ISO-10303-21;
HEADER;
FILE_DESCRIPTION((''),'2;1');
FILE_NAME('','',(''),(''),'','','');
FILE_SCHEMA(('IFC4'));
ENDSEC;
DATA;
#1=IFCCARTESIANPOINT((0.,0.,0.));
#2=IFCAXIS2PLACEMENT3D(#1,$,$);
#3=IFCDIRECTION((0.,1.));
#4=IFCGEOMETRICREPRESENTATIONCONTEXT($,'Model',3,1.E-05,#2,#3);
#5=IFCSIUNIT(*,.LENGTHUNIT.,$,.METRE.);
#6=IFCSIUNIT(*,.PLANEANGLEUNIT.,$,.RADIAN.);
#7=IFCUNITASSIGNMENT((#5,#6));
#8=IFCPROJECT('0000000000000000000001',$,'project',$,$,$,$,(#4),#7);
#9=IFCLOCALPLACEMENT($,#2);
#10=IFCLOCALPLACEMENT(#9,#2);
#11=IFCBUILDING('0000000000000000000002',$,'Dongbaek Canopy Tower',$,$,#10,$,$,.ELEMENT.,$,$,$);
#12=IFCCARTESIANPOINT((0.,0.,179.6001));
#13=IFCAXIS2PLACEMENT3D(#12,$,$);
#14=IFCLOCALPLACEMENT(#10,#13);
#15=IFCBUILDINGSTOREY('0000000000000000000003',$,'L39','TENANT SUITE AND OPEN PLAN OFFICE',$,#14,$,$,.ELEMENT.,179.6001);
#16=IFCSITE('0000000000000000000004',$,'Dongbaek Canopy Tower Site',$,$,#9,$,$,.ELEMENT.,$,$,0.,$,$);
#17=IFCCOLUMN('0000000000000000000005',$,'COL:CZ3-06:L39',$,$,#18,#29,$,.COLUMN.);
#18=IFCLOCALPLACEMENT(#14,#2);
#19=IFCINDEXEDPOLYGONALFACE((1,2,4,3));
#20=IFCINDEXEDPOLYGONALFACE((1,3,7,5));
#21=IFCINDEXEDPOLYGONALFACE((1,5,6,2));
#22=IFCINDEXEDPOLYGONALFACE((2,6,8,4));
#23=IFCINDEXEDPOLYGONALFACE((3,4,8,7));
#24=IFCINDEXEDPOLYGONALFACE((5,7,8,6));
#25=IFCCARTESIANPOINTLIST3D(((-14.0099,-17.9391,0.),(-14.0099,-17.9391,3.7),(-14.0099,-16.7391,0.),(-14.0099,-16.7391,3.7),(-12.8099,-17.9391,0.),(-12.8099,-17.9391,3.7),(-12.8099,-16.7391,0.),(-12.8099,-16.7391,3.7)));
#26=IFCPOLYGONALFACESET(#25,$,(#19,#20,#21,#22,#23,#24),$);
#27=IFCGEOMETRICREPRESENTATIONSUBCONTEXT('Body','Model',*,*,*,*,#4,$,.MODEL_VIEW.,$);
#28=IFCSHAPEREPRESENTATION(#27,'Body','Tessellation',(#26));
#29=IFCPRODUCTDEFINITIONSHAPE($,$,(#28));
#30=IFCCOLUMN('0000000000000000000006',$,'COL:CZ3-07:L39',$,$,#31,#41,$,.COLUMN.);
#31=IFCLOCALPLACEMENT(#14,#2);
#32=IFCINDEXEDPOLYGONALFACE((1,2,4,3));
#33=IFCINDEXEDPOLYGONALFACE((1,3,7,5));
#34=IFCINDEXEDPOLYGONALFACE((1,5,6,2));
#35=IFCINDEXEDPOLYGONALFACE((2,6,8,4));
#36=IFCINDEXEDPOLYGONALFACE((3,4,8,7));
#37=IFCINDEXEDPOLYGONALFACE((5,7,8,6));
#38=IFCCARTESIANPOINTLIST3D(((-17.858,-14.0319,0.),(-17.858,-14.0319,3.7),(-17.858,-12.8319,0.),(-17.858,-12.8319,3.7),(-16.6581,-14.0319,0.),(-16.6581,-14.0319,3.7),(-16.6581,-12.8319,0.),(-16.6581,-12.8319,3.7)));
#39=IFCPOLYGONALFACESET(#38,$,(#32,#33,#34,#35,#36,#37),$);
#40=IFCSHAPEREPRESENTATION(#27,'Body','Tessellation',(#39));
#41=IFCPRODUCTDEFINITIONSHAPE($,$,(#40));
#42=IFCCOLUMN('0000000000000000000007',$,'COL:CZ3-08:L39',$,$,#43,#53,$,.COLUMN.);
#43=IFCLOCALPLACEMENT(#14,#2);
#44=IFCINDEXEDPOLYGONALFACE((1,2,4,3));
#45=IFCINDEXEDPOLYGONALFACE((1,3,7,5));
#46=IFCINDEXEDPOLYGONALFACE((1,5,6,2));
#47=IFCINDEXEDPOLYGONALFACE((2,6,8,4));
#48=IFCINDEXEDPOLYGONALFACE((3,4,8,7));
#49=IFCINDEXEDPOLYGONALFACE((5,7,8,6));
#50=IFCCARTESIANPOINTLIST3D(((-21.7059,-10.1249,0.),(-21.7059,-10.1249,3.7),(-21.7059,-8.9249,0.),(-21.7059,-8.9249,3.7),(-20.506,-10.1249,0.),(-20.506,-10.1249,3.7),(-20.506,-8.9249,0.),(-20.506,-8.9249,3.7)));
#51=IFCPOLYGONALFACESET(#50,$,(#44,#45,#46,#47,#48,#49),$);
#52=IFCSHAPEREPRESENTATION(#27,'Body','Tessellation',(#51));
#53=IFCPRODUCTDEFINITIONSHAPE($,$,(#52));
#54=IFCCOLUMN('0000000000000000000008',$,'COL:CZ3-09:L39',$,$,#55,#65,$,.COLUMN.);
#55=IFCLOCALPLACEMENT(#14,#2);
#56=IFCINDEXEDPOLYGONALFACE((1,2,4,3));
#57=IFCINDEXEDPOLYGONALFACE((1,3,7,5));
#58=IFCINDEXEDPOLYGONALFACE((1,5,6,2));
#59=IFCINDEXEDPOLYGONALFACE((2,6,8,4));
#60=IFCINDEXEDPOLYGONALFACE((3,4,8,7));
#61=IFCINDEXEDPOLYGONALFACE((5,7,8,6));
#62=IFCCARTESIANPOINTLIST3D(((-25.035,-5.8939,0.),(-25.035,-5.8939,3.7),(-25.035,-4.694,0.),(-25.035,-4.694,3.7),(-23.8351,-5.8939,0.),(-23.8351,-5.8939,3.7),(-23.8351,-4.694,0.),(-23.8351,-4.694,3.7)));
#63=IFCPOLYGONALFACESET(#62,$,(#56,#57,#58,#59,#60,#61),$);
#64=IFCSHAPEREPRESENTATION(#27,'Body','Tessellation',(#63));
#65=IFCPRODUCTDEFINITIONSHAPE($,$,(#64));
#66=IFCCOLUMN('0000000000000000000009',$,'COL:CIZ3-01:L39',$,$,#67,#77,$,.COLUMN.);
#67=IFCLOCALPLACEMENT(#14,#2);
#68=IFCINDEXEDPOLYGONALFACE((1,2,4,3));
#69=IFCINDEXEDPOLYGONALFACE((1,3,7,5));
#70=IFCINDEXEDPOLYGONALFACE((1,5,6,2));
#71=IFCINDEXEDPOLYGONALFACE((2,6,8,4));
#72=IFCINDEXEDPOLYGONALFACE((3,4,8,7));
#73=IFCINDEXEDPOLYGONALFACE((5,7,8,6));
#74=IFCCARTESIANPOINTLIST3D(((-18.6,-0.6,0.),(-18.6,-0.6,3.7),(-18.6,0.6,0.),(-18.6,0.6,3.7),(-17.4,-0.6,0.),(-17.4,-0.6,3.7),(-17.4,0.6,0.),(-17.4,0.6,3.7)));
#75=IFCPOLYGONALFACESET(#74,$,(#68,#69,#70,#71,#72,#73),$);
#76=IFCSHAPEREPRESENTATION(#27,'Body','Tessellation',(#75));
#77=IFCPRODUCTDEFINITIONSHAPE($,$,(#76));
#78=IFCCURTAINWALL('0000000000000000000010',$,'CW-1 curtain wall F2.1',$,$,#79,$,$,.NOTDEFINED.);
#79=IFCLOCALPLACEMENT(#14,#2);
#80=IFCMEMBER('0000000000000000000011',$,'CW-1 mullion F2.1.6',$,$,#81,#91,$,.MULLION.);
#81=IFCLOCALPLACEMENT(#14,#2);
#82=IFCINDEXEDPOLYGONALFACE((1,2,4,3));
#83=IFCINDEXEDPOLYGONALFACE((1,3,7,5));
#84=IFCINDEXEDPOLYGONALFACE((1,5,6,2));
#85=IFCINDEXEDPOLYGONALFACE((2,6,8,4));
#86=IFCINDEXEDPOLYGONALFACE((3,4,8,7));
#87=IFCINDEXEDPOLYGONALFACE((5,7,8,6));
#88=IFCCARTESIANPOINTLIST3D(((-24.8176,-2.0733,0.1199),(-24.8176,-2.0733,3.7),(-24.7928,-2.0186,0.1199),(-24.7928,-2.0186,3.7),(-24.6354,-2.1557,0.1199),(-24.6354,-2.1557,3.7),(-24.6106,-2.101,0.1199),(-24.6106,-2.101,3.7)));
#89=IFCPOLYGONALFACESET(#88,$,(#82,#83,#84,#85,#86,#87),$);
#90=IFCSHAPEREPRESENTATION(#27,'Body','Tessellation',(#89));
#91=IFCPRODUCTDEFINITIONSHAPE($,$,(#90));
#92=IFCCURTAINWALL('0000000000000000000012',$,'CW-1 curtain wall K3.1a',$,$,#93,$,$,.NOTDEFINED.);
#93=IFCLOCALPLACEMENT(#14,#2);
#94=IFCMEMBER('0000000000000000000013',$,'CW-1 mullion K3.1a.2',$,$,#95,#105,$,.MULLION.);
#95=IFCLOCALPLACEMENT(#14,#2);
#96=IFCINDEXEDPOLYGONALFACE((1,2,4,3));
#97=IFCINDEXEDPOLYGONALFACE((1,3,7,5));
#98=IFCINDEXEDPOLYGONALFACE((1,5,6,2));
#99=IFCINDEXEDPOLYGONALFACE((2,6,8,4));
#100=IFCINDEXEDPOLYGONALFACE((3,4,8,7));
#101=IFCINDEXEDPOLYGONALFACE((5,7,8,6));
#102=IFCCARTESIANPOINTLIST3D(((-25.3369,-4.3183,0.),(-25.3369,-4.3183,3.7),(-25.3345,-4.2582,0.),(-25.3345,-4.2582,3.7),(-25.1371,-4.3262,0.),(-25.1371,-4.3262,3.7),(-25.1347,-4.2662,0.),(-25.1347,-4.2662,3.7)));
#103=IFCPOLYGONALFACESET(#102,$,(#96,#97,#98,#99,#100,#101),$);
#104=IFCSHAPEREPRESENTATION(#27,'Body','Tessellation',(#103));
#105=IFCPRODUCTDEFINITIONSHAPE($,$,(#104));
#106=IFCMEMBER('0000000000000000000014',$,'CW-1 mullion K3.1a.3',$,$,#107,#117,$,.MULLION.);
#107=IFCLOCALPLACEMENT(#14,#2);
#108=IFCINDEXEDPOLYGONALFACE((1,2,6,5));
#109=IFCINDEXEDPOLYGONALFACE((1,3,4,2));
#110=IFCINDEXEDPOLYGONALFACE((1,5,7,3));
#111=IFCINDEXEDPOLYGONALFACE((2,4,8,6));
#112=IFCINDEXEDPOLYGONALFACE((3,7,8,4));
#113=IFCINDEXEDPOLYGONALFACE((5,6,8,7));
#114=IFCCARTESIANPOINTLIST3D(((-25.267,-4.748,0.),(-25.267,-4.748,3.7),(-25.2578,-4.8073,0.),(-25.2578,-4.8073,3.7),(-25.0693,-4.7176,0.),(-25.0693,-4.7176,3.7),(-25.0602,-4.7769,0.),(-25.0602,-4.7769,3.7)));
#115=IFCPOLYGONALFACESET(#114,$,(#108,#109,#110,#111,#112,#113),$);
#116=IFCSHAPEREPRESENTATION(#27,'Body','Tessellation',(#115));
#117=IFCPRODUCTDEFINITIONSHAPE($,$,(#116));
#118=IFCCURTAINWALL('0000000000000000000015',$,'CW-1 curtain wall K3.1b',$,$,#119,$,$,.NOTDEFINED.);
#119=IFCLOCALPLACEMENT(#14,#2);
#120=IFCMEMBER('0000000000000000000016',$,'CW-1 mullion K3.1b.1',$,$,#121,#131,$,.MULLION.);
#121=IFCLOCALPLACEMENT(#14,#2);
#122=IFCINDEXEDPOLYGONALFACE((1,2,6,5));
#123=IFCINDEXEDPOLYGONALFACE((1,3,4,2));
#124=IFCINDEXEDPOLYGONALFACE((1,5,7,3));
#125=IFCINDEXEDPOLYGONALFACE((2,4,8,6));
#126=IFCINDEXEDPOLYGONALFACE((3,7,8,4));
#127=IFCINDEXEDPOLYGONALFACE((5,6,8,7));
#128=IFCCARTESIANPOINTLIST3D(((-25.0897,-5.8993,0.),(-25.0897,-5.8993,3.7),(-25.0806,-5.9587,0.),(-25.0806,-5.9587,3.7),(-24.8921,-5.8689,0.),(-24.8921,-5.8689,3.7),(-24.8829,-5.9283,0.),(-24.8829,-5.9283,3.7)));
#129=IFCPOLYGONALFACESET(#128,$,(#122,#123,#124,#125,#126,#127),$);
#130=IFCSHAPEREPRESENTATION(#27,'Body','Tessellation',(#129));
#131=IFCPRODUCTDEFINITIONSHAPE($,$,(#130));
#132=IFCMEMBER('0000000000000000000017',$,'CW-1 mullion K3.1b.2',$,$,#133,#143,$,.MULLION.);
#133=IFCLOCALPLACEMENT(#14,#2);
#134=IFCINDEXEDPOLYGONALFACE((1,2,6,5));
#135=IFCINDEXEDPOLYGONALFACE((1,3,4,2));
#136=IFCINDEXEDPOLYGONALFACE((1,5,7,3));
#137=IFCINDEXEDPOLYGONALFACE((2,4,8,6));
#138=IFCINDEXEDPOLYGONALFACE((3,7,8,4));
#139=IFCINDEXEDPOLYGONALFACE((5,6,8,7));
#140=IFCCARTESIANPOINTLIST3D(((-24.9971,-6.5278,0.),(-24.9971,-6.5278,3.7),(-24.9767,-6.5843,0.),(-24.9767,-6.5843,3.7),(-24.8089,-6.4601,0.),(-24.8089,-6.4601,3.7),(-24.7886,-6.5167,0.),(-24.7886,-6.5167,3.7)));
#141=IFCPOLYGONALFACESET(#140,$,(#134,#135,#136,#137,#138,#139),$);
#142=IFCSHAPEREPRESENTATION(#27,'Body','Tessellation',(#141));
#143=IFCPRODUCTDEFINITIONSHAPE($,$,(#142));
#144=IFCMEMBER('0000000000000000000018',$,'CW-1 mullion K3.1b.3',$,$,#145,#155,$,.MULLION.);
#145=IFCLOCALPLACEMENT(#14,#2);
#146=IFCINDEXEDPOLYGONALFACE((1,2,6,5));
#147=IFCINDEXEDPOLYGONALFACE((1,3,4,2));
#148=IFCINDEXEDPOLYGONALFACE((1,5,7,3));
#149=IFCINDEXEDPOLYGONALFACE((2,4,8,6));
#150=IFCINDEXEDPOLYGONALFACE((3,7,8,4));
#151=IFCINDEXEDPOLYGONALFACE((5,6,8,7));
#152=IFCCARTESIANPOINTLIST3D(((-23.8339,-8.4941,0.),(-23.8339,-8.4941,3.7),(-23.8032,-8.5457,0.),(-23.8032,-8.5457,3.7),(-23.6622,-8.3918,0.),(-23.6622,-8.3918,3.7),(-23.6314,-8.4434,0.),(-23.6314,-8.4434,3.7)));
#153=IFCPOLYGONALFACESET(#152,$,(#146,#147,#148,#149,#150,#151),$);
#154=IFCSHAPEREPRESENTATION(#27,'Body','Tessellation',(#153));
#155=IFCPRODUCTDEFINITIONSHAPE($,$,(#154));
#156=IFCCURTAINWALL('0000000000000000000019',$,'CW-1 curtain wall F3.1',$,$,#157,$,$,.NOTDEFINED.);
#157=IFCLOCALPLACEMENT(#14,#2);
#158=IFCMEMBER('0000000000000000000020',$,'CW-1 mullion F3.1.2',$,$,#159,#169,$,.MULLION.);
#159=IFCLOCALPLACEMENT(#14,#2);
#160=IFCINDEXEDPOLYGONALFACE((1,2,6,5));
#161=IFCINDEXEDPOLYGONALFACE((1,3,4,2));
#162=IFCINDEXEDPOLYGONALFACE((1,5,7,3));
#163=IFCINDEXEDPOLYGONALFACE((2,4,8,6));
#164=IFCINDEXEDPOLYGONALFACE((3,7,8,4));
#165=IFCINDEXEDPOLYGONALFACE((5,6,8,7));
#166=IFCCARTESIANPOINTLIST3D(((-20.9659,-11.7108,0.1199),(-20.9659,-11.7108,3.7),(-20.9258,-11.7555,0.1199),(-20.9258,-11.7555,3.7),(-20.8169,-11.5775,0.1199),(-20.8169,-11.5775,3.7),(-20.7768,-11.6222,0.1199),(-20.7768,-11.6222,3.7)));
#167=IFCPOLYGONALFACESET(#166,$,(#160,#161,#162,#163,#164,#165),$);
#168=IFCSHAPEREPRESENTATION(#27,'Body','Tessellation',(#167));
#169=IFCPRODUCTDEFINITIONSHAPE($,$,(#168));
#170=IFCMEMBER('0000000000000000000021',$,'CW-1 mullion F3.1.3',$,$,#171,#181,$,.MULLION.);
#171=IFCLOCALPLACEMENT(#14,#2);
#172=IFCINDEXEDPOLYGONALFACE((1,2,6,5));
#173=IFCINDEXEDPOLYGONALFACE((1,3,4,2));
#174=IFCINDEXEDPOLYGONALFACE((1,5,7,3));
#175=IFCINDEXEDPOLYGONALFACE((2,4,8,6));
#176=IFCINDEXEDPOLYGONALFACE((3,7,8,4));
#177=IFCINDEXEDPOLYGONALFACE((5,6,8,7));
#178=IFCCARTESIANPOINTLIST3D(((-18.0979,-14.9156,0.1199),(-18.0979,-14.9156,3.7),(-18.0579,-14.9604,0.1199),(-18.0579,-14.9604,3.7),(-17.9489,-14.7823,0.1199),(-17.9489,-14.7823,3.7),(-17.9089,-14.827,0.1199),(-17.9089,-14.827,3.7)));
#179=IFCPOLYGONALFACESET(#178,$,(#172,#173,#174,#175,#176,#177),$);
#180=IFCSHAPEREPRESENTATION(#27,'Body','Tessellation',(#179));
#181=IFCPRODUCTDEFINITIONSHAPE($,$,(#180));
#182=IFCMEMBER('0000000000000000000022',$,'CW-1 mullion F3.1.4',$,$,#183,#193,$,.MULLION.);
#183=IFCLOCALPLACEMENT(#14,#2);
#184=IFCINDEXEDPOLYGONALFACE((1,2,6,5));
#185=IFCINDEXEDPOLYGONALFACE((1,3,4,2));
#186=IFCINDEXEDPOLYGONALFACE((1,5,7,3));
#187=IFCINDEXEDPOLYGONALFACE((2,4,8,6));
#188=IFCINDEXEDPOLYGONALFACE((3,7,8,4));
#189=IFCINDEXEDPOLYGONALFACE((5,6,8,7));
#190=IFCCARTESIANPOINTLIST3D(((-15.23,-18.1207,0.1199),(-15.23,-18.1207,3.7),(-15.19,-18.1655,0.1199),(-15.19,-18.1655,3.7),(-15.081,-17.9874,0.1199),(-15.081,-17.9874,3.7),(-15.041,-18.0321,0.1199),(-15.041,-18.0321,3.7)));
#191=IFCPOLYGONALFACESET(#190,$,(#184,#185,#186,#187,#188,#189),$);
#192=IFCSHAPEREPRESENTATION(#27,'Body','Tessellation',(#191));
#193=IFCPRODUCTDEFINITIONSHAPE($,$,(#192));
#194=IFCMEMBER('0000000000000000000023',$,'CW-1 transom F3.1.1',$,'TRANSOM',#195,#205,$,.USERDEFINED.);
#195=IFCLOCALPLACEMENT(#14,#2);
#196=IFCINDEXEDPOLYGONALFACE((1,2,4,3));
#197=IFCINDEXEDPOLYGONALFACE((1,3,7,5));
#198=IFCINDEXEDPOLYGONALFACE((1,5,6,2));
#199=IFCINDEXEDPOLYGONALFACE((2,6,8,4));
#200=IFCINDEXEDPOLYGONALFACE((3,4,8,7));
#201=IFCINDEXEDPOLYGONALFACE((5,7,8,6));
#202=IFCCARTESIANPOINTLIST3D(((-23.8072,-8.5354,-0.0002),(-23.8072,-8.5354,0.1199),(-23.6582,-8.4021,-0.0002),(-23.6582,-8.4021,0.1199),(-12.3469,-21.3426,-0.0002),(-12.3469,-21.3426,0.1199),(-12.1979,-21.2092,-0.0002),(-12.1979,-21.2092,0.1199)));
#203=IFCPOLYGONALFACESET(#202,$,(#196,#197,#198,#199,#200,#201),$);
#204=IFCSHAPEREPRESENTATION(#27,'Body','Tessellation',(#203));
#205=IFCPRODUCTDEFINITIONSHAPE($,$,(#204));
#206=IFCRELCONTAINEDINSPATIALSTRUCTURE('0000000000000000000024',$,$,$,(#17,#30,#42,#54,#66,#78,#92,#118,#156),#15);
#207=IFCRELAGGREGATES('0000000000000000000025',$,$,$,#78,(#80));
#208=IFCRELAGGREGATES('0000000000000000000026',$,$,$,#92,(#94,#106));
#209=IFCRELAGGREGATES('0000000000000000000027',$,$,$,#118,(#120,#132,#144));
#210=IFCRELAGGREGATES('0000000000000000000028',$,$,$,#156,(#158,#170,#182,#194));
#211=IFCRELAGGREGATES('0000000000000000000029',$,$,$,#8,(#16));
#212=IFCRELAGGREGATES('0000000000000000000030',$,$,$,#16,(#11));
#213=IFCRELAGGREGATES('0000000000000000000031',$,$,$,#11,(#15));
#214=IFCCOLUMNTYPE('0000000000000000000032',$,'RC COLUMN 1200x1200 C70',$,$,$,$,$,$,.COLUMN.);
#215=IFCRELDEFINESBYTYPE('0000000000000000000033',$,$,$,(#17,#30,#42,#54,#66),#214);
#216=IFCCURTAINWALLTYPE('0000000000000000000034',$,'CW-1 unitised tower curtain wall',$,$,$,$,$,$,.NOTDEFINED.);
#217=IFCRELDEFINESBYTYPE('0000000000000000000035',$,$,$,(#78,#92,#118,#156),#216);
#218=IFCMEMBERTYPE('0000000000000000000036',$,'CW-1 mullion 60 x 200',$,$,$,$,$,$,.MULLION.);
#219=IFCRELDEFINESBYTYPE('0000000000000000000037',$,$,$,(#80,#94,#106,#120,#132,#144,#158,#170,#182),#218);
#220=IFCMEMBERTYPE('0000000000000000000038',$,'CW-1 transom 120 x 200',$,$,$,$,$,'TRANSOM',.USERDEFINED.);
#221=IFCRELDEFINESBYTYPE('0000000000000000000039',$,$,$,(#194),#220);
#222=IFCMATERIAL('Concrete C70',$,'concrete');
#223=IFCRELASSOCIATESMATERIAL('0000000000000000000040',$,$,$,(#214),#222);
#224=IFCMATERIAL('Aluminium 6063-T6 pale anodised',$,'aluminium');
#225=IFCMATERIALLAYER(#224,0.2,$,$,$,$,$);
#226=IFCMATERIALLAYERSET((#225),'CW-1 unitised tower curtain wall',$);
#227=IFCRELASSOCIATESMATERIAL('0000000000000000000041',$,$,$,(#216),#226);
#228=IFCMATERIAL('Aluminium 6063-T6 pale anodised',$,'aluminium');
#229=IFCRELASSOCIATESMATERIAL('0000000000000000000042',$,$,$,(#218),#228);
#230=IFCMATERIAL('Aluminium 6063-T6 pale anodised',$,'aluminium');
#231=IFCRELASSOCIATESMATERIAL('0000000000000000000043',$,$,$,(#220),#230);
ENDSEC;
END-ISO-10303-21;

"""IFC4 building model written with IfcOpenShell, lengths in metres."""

from ifc_helpers import new_model, si_unit, direction, frame, origin, origin_2d, place, context, subcontext, project, spatial, rectangle, extrude, material, layer, layer_set, material_profile, profile_set, type_object, element, aggregate, save


model = new_model("IFC4")

# Units and contexts
model_context = context("Model", 3, precision=1e-05, world=origin(), true_north=direction((0.0, 1.0)))
body_context = subcontext(model_context, "Body", "Model", "MODEL_VIEW")
ifc_project = project(units=[si_unit("LENGTHUNIT", "METRE"), si_unit("PLANEANGLEUNIT", "RADIAN")], contexts=[model_context])

# Site, building, storey
site_placement = place(None, origin())
site = spatial("IfcSite", under=ifc_project, at=site_placement, Name="Dongbaek Canopy Tower Site", CompositionType="ELEMENT", RefElevation=0.0)
building_placement = place(site_placement, origin())
building = spatial("IfcBuilding", under=site, at=building_placement, Name="Dongbaek Canopy Tower", CompositionType="ELEMENT")
storey_placement = place(building_placement, frame((0.0, 0.0, 179.6001)))
storey = spatial("IfcBuildingStorey", under=building, at=storey_placement, Name="L39", Description="TENANT SUITE AND OPEN PLAN OFFICE", CompositionType="ELEMENT", Elevation=179.6001)

# Columns
ifc_material_1 = material(Name="Concrete C70", Category="concrete")
ifc_material_profile_1 = material_profile(ifc_material_1, rectangle(XDim=1.2, YDim=1.2, at=origin_2d()), Name="RC COLUMN 1200x1200 C70")
ifc_profile_set_1 = profile_set([ifc_material_profile_1], Name="Concrete C70")
column_type = type_object("IfcColumnType", Name="RC COLUMN 1200x1200 C70", PredefinedType="COLUMN", material=ifc_profile_set_1)
for number, where, z_axis, x_axis, name in (
    (1, (-13.4099, -17.3391, 0.0), (0.0, 0.0, 1.0), (1.0, 0.0, 0.0), "COL:CZ3-06:L39"),
    (2, (-17.2581, -13.4319, 0.0), (0.0, 0.0, 1.0), (1.0, 0.0, 0.0), "COL:CZ3-07:L39"),
    (3, (-21.106, -9.5249, 0.0), (0.0, 0.0, 1.0), (1.0, 0.0, 0.0), "COL:CZ3-08:L39"),
    (4, (-24.4351, -5.2939, 0.0), (0.0, 0.0, 1.0), (1.0, 0.0, 0.0), "COL:CZ3-09:L39"),
    (5, (-18.0, 0.0, 0.0), (0.0, 0.0, 1.0), (1.0, 0.0, 0.0), "COL:CIZ3-01:L39"),
):
    element("IfcColumn", number, at=place(storey_placement, frame(where, z_axis=z_axis, x_axis=x_axis)), inside=storey, type_object=column_type, Name=name, PredefinedType="COLUMN", context=body_context, shape_type="SweptSolid", body=[
        extrude(rectangle(XDim=1.2, YDim=1.2, at=origin_2d()), origin(), (0.0, 0.0, 1.0), 3.7),
    ])

# Curtain wall, member
ifc_material_2 = material(Name="Aluminium 6063-T6 pale anodised", Category="aluminium")
ifc_layer_1 = layer(ifc_material_2, 0.2)
ifc_layer_set_1 = layer_set([ifc_layer_1], Name="CW-1 unitised tower curtain wall")
curtain_wall_type = type_object("IfcCurtainWallType", Name="CW-1 unitised tower curtain wall", PredefinedType="NOTDEFINED", material=ifc_layer_set_1)
curtain_wall_1_placement = place(storey_placement, origin())
curtain_wall_1 = element("IfcCurtainWall", 6, at=curtain_wall_1_placement, inside=storey, type_object=curtain_wall_type, Name="CW-1 curtain wall F2.1", PredefinedType="NOTDEFINED")
ifc_material_3 = material(Name="Aluminium 6063-T6 pale anodised", Category="aluminium")
ifc_material_profile_2 = material_profile(ifc_material_3, rectangle(XDim=0.2, YDim=0.0601, at=origin_2d()), Name="CW-1 mullion 60 x 200")
ifc_profile_set_2 = profile_set([ifc_material_profile_2], Name="Aluminium 6063-T6 pale anodised")
member_type_1 = type_object("IfcMemberType", Name="CW-1 mullion 60 x 200", PredefinedType="MULLION", material=ifc_profile_set_2)
member_1_placement = place(storey_placement, frame((-24.7141, -2.0872, 0.1199), z_axis=(0.0, 0.0, 1.0), x_axis=(-0.911148, 0.41208, 0.0)))
member_1 = element("IfcMember", 7, at=member_1_placement, type_object=member_type_1, Name="CW-1 mullion F2.1.6", PredefinedType="MULLION", context=body_context, shape_type="SweptSolid", body=[
    extrude(rectangle(XDim=0.2, YDim=0.0601, at=origin_2d()), origin(), (0.0, 0.0, 1.0), 3.5801),
])
aggregate(curtain_wall_1, [member_1])

# Curtain walls, members
curtain_wall_2_placement = place(storey_placement, origin())
curtain_wall_2 = element("IfcCurtainWall", 8, at=curtain_wall_2_placement, inside=storey, type_object=curtain_wall_type, Name="CW-1 curtain wall K3.1a", PredefinedType="NOTDEFINED")
member_2_placement = place(storey_placement, frame((-25.2358, -4.2922, 0.0), z_axis=(0.0, 0.0, 1.0), x_axis=(-0.999206, 0.039832, 0.0)))
member_2 = element("IfcMember", 9, at=member_2_placement, type_object=member_type_1, Name="CW-1 mullion K3.1a.2", PredefinedType="MULLION", context=body_context, shape_type="SweptSolid", body=[
    extrude(rectangle(XDim=0.2, YDim=0.0601, at=origin_2d()), origin(), (0.0, 0.0, 1.0), 3.7),
])
member_3_placement = place(storey_placement, frame((-25.1636, -4.7625, 0.0), z_axis=(0.0, 0.0, 1.0), x_axis=(-0.988378, -0.152013, 0.0)))
member_3 = element("IfcMember", 10, at=member_3_placement, type_object=member_type_1, Name="CW-1 mullion K3.1a.3", PredefinedType="MULLION", context=body_context, shape_type="SweptSolid", body=[
    extrude(rectangle(XDim=0.2, YDim=0.0601, at=origin_2d()), origin(), (0.0, 0.0, 1.0), 3.7),
])
curtain_wall_3_placement = place(storey_placement, origin())
curtain_wall_3 = element("IfcCurtainWall", 11, at=curtain_wall_3_placement, inside=storey, type_object=curtain_wall_type, Name="CW-1 curtain wall K3.1b", PredefinedType="NOTDEFINED")
member_4_placement = place(storey_placement, frame((-24.9863, -5.9138, 0.0), z_axis=(0.0, 0.0, 1.0), x_axis=(-0.988378, -0.152013, 0.0)))
member_4 = element("IfcMember", 12, at=member_4_placement, type_object=member_type_1, Name="CW-1 mullion K3.1b.1", PredefinedType="MULLION", context=body_context, shape_type="SweptSolid", body=[
    extrude(rectangle(XDim=0.2, YDim=0.0601, at=origin_2d()), origin(), (0.0, 0.0, 1.0), 3.7),
])
member_5_placement = place(storey_placement, frame((-24.8928, -6.5222, 0.0), z_axis=(0.0, 0.0, 1.0), x_axis=(-0.941058, -0.338245, 0.0)))
member_5 = element("IfcMember", 13, at=member_5_placement, type_object=member_type_1, Name="CW-1 mullion K3.1b.2", PredefinedType="MULLION", context=body_context, shape_type="SweptSolid", body=[
    extrude(rectangle(XDim=0.2, YDim=0.0601, at=origin_2d()), origin(), (0.0, 0.0, 1.0), 3.7),
])
member_6_placement = place(storey_placement, frame((-23.7327, -8.4688, 0.0), z_axis=(0.0, 0.0, 1.0), x_axis=(-0.858992, -0.511989, 0.0)))
member_6 = element("IfcMember", 14, at=member_6_placement, type_object=member_type_1, Name="CW-1 mullion K3.1b.3", PredefinedType="MULLION", context=body_context, shape_type="SweptSolid", body=[
    extrude(rectangle(XDim=0.2, YDim=0.0601, at=origin_2d()), origin(), (0.0, 0.0, 1.0), 3.7),
])
curtain_wall_4_placement = place(storey_placement, origin())
curtain_wall_4 = element("IfcCurtainWall", 15, at=curtain_wall_4_placement, inside=storey, type_object=curtain_wall_type, Name="CW-1 curtain wall F3.1", PredefinedType="NOTDEFINED")
member_7_placement = place(storey_placement, frame((-20.8713, -11.6665, 0.1199), z_axis=(0.0, 0.0, 1.0), x_axis=(-0.745211, -0.666829, 0.0)))
member_7 = element("IfcMember", 16, at=member_7_placement, type_object=member_type_1, Name="CW-1 mullion F3.1.2", PredefinedType="MULLION", context=body_context, shape_type="SweptSolid", body=[
    extrude(rectangle(XDim=0.2, YDim=0.0601, at=origin_2d()), origin(), (0.0, 0.0, 1.0), 3.5801),
])
member_8_placement = place(storey_placement, frame((-18.0034, -14.8713, 0.1199), z_axis=(0.0, 0.0, 1.0), x_axis=(-0.745211, -0.666829, 0.0)))
member_8 = element("IfcMember", 17, at=member_8_placement, type_object=member_type_1, Name="CW-1 mullion F3.1.3", PredefinedType="MULLION", context=body_context, shape_type="SweptSolid", body=[
    extrude(rectangle(XDim=0.2, YDim=0.0601, at=origin_2d()), origin(), (0.0, 0.0, 1.0), 3.5801),
])
member_9_placement = place(storey_placement, frame((-15.1355, -18.0764, 0.1199), z_axis=(0.0, 0.0, 1.0), x_axis=(-0.745211, -0.666829, 0.0)))
member_9 = element("IfcMember", 18, at=member_9_placement, type_object=member_type_1, Name="CW-1 mullion F3.1.4", PredefinedType="MULLION", context=body_context, shape_type="SweptSolid", body=[
    extrude(rectangle(XDim=0.2, YDim=0.0601, at=origin_2d()), origin(), (0.0, 0.0, 1.0), 3.5801),
])
ifc_material_4 = material(Name="Aluminium 6063-T6 pale anodised", Category="aluminium")
ifc_material_profile_3 = material_profile(ifc_material_4, rectangle(XDim=0.2, YDim=0.1201, at=origin_2d()), Name="CW-1 transom 120 x 200")
ifc_profile_set_3 = profile_set([ifc_material_profile_3], Name="Aluminium 6063-T6 pale anodised")
member_type_2 = type_object("IfcMemberType", Name="CW-1 transom 120 x 200", ElementType="TRANSOM", PredefinedType="USERDEFINED", material=ifc_profile_set_3)
member_10_placement = place(storey_placement, frame((-23.7327, -8.4688, 0.0598), z_axis=(0.666833, -0.745207, 0.0), x_axis=(0.745207, 0.666833, 0.0)))
member_10 = element("IfcMember", 19, at=member_10_placement, type_object=member_type_2, Name="CW-1 transom F3.1.1", ObjectType="TRANSOM", PredefinedType="USERDEFINED", context=body_context, shape_type="SweptSolid", body=[
    extrude(rectangle(XDim=0.2, YDim=0.1201, at=origin_2d()), origin(), (0.0, 0.0, 1.0), 17.186),
])

aggregate(curtain_wall_2, [member_2, member_3])
aggregate(curtain_wall_3, [member_4, member_5, member_6])
aggregate(curtain_wall_4, [member_7, member_8, member_9, member_10])

save(model, "model.ifc")
